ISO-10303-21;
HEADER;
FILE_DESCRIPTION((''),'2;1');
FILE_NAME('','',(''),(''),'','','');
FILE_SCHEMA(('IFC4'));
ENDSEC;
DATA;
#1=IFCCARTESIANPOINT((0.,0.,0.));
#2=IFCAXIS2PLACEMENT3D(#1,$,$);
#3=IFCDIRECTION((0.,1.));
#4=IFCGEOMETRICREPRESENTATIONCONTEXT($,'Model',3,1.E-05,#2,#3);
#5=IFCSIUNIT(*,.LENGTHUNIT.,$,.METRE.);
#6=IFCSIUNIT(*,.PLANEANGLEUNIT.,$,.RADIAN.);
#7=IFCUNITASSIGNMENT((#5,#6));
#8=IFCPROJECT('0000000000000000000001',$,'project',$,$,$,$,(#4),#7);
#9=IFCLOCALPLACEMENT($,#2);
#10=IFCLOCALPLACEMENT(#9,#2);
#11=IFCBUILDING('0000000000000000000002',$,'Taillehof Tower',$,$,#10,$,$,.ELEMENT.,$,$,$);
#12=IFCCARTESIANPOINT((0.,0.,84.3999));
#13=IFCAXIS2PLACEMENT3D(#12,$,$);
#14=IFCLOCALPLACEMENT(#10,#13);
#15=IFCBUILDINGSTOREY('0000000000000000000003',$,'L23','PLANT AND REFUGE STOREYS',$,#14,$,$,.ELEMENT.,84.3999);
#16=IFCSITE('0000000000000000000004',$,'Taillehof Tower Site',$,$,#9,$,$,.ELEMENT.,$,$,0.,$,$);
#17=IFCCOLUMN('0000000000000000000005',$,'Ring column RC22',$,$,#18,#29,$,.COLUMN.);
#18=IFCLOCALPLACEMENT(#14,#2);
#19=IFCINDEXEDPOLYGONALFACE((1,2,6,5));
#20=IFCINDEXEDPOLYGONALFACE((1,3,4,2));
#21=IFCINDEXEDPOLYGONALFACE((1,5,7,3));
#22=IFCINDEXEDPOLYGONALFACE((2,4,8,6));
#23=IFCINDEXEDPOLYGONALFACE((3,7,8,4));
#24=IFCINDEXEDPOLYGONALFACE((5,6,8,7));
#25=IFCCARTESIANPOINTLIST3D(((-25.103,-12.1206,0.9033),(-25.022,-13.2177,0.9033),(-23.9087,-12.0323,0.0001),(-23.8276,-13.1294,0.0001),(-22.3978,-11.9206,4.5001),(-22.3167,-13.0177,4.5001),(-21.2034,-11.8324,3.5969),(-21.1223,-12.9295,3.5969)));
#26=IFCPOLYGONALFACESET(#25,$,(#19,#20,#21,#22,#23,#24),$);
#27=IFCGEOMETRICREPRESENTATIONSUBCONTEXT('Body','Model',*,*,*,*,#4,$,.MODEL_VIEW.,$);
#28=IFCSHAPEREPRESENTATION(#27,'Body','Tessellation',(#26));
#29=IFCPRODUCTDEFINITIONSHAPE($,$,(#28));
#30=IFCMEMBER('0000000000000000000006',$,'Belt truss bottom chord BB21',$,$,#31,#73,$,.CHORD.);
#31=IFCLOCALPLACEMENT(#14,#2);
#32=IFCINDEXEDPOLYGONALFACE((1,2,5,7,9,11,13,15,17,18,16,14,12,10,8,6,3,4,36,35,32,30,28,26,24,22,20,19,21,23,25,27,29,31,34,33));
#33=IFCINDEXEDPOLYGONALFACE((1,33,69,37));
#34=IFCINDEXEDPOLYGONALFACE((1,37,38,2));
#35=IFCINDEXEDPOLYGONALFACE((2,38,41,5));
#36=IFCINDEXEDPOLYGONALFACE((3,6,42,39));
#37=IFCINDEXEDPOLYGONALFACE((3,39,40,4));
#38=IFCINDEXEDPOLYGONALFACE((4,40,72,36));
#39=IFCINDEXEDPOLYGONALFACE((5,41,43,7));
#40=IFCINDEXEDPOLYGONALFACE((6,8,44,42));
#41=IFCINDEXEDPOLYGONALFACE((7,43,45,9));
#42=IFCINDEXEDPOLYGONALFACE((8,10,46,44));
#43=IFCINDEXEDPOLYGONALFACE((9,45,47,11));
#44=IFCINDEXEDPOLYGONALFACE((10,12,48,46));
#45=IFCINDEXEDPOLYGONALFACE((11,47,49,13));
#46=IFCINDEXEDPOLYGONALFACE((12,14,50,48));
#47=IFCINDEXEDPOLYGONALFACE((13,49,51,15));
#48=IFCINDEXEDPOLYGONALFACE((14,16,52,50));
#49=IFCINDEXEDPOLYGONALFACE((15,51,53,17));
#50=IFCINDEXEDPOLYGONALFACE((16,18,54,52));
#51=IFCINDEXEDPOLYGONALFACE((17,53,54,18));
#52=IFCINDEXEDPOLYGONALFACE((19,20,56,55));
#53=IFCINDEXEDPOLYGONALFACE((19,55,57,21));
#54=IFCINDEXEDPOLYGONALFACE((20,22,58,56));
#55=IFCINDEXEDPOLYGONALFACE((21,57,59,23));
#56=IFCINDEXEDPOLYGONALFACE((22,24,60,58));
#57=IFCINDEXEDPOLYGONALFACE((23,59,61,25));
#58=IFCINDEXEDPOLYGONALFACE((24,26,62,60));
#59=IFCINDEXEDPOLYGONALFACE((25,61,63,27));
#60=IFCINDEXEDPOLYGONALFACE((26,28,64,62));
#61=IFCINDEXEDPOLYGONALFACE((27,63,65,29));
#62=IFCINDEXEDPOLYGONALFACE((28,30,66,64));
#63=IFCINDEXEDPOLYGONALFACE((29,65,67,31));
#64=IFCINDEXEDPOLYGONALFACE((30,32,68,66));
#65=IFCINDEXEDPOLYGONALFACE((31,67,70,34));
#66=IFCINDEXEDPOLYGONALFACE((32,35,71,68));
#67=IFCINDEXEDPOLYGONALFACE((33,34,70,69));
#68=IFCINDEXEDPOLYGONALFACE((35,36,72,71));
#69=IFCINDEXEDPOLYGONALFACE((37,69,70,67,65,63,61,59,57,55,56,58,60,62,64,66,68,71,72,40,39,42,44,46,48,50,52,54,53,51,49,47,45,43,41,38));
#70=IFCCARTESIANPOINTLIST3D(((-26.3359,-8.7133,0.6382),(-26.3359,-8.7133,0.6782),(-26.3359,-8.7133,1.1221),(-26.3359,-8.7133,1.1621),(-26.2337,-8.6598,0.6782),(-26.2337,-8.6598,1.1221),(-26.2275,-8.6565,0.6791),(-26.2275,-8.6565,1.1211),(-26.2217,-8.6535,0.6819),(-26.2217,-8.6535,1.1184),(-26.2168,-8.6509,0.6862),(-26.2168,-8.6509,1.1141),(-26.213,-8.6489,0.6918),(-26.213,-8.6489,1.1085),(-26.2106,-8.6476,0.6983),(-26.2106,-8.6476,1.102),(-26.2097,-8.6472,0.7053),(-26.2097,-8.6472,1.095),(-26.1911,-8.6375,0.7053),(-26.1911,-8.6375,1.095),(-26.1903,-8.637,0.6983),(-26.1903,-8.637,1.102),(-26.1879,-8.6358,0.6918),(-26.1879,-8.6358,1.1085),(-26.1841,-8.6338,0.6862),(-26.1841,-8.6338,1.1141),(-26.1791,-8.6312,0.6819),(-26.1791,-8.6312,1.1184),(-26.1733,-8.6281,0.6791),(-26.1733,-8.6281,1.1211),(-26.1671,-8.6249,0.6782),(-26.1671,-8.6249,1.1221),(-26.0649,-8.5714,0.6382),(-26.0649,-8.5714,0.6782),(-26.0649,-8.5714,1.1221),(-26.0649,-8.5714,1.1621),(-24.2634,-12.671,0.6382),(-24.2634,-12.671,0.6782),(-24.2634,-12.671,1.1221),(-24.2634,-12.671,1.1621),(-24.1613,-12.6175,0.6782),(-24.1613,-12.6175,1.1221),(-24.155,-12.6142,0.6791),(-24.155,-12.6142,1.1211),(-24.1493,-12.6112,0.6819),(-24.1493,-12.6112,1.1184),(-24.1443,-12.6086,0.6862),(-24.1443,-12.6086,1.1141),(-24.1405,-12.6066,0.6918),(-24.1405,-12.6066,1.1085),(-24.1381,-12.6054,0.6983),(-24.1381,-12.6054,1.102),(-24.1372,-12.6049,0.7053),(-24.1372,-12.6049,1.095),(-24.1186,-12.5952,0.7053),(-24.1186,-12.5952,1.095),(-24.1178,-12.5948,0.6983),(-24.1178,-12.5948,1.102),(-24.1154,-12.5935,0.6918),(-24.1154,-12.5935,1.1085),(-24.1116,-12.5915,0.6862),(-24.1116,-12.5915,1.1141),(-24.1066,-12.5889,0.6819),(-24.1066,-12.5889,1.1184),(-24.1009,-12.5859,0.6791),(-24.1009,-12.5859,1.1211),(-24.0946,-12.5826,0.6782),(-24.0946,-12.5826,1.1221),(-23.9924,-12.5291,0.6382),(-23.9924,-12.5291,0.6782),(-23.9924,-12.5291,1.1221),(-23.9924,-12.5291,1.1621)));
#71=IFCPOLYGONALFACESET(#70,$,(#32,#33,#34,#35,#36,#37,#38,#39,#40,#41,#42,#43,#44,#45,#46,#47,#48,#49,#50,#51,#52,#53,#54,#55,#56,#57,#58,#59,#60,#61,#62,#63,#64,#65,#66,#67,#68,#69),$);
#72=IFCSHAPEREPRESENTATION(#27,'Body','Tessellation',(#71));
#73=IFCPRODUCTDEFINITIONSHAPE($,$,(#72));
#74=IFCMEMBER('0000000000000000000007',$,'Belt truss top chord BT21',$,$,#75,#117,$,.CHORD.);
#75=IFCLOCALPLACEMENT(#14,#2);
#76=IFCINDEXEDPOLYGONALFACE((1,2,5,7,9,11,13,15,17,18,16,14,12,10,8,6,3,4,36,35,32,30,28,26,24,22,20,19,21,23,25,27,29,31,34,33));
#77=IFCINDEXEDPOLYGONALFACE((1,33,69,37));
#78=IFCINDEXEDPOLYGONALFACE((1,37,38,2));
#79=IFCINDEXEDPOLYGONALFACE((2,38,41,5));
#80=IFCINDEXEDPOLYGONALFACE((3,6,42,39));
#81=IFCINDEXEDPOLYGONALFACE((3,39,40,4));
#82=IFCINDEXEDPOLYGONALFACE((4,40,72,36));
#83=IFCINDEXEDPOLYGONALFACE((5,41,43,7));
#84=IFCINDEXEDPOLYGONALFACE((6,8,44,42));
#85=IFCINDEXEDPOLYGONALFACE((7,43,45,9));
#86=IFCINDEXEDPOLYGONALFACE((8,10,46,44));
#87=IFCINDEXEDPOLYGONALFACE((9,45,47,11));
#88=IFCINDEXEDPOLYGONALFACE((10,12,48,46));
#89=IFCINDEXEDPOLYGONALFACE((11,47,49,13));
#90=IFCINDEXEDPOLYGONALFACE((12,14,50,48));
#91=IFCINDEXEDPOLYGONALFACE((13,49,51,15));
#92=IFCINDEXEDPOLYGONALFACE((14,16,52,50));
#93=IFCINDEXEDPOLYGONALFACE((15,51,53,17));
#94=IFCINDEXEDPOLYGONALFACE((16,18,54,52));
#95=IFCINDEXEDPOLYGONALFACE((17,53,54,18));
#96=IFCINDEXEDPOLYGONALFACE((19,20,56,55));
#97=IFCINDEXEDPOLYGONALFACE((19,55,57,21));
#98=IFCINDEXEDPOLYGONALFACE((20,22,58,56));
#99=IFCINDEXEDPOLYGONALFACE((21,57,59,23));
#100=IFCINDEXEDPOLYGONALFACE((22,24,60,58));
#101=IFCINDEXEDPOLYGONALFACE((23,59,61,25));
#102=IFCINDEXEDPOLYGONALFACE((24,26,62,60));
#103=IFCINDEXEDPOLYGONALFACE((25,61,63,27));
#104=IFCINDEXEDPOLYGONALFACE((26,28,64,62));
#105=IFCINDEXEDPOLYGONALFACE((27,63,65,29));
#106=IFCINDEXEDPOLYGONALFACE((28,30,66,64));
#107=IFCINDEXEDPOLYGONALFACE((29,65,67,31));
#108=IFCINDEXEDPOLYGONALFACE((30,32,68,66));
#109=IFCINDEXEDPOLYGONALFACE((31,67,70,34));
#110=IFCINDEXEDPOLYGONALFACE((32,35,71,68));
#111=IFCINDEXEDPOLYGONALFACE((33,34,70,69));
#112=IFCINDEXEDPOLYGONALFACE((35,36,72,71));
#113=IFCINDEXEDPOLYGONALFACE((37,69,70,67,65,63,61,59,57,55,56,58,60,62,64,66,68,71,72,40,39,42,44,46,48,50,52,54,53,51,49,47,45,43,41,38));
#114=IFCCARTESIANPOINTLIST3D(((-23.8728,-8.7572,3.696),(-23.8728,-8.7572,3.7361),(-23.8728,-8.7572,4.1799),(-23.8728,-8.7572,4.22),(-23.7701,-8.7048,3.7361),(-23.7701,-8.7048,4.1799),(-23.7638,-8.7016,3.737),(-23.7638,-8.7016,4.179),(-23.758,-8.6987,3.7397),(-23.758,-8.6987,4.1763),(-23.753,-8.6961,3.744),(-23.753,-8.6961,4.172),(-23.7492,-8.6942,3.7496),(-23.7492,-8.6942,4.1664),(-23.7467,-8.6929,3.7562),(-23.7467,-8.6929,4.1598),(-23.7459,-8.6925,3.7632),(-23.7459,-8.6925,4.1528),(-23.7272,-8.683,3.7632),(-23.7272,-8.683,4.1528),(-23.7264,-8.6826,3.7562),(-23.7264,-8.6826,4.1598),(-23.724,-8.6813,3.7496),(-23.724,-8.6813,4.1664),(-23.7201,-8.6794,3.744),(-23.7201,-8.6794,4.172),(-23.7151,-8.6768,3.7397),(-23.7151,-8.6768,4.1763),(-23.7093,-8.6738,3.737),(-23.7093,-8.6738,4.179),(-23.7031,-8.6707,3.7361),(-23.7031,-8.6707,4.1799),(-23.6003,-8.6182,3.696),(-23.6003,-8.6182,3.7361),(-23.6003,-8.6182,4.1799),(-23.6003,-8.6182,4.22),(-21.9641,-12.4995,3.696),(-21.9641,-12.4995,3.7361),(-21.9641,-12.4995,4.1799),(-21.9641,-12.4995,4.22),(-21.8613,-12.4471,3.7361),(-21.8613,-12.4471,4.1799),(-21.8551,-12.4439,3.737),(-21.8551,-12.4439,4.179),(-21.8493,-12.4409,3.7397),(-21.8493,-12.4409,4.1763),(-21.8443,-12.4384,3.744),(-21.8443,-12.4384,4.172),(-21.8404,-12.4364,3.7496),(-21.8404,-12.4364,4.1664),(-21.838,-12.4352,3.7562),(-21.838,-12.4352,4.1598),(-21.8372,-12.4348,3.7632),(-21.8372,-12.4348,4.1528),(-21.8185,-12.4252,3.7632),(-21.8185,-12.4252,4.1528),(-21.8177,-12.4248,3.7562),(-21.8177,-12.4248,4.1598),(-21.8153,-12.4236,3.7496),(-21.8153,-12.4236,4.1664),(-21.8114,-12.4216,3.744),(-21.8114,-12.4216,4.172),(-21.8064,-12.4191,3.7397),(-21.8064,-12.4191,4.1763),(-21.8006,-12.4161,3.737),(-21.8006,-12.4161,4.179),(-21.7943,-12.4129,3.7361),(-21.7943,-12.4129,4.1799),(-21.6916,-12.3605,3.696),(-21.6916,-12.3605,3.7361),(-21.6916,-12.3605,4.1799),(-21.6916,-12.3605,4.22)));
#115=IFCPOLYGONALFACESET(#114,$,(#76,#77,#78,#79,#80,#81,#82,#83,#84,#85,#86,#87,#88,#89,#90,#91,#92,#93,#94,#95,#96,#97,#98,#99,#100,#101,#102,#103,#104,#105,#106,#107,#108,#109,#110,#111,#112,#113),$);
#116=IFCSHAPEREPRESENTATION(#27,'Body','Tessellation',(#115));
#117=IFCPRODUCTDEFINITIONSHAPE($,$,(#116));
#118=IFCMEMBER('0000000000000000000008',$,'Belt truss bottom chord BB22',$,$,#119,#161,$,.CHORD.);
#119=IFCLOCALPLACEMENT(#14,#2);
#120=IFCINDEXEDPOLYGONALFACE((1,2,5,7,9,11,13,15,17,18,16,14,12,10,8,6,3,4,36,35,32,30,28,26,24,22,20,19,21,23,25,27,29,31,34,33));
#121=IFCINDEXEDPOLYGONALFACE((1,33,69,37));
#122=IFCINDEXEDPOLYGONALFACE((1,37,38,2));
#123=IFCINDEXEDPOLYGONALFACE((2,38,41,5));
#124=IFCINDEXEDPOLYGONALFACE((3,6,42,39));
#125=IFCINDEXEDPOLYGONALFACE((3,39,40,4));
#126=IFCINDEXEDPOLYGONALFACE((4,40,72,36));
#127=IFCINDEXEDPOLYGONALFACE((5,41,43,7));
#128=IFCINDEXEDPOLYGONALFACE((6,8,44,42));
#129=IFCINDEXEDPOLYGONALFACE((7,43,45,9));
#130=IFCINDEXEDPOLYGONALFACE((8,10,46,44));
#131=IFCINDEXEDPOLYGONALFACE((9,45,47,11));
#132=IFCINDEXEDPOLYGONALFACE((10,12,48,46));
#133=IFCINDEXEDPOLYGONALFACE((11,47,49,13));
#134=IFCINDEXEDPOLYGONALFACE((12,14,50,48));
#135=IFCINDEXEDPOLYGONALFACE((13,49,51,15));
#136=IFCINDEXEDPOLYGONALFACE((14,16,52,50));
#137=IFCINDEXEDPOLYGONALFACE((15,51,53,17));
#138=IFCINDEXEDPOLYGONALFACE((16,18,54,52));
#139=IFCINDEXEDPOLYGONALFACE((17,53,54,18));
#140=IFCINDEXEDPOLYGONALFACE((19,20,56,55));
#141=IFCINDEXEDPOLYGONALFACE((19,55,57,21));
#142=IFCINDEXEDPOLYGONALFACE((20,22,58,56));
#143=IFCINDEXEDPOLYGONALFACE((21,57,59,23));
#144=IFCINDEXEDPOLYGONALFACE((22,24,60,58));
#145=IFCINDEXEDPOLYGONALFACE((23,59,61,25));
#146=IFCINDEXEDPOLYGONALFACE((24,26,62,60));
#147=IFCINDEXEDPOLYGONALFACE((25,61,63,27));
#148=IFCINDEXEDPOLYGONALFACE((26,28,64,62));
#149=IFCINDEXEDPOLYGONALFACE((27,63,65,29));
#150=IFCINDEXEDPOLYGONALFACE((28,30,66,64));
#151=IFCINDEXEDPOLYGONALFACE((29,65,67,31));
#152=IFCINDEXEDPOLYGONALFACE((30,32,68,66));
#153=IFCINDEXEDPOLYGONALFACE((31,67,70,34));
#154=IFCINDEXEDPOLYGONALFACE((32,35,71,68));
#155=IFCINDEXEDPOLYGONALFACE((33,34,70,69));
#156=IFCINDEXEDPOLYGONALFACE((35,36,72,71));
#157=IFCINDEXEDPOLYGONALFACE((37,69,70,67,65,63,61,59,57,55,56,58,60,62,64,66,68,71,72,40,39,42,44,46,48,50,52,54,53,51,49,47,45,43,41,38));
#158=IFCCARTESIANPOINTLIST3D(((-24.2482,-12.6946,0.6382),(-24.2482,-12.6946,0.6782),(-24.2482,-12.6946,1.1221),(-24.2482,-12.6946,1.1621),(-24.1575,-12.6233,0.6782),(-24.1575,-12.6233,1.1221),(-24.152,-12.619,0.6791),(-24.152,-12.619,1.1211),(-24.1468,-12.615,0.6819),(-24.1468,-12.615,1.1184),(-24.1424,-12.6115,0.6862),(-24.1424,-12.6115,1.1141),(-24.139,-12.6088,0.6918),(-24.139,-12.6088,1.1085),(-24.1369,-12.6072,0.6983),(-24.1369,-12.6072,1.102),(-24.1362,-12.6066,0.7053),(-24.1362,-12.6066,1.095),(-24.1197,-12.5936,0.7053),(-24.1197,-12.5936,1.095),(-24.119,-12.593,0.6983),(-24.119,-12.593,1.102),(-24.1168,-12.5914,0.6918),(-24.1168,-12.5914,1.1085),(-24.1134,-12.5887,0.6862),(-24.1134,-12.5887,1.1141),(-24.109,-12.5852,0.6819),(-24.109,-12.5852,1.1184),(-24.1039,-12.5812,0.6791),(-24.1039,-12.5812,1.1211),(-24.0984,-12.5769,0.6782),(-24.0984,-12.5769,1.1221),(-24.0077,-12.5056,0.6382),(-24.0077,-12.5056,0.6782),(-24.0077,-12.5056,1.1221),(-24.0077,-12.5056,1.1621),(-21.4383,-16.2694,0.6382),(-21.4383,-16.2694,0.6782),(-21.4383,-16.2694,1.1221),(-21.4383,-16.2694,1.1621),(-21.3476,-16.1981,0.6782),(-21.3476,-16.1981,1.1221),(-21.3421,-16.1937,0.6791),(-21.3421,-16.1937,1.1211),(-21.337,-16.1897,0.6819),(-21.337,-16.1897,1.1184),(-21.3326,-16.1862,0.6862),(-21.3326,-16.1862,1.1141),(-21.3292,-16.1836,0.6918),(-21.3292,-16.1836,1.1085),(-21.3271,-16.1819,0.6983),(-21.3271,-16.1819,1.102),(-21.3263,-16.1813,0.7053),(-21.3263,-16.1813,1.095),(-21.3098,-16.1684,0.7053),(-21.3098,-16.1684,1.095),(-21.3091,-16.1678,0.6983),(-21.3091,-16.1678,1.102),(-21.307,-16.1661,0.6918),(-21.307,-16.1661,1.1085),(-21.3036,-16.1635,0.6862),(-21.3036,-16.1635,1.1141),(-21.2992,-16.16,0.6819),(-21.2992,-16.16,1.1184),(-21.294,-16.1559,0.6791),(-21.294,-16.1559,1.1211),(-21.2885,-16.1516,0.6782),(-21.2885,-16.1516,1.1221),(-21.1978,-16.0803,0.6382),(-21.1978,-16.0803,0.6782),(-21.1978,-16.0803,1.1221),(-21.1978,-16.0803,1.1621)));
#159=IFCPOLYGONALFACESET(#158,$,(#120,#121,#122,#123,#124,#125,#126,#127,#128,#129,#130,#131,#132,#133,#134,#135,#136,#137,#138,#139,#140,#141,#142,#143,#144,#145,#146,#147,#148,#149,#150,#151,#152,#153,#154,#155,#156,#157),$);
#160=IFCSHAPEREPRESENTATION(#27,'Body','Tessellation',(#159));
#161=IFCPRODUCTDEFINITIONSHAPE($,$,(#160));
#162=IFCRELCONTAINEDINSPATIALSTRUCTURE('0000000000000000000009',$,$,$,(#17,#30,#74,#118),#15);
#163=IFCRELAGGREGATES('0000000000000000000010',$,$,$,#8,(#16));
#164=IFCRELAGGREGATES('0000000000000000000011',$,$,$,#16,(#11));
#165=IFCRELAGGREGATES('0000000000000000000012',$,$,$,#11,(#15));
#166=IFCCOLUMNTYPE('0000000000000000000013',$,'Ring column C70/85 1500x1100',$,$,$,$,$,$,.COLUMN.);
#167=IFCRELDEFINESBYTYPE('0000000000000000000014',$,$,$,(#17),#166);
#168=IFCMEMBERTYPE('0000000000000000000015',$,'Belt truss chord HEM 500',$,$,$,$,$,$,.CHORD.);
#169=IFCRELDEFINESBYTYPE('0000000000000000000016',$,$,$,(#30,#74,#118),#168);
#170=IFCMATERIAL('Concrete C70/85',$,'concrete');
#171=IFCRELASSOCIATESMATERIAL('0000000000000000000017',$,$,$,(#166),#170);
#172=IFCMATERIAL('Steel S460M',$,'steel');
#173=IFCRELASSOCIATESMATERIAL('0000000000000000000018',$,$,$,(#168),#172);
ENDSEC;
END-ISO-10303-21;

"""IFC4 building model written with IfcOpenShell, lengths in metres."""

from ifc_helpers import new_model, si_unit, direction, frame, origin, origin_2d, place, context, subcontext, project, spatial, rectangle, i_section, extrude, material, material_profile, profile_set, type_object, element, save


model = new_model("IFC4")

# Units and contexts
model_context = context("Model", 3, precision=1e-05, world=origin(), true_north=direction((0.0, 1.0)))
body_context = subcontext(model_context, "Body", "Model", "MODEL_VIEW")
ifc_project = project(units=[si_unit("LENGTHUNIT", "METRE"), si_unit("PLANEANGLEUNIT", "RADIAN")], contexts=[model_context])

# Site, building, storey
site_placement = place(None, origin())
site = spatial("IfcSite", under=ifc_project, at=site_placement, Name="Taillehof Tower Site", CompositionType="ELEMENT", RefElevation=0.0)
building_placement = place(site_placement, origin())
building = spatial("IfcBuilding", under=site, at=building_placement, Name="Taillehof Tower", CompositionType="ELEMENT")
storey_placement = place(building_placement, frame((0.0, 0.0, 84.3999)))
storey = spatial("IfcBuildingStorey", under=building, at=storey_placement, Name="L23", Description="PLANT AND REFUGE STOREYS", CompositionType="ELEMENT", Elevation=84.3999)

# Column
ifc_material_1 = material(Name="Concrete C70/85", Category="concrete")
ifc_material_profile_1 = material_profile(ifc_material_1, rectangle(XDim=1.5, YDim=1.1001, at=origin_2d()), Name="RC 1500x1100")
ifc_profile_set_1 = profile_set([ifc_material_profile_1], Name="Concrete C70/85")
column_type = type_object("IfcColumnType", Name="Ring column C70/85 1500x1100", PredefinedType="COLUMN", material=ifc_profile_set_1)
column_placement = place(storey_placement, frame((-24.4653, -12.625, 0.4517), z_axis=(0.600492, 0.044383, 0.798398), x_axis=(-0.796226, -0.058849, 0.60213)))
element("IfcColumn", 1, at=column_placement, inside=storey, type_object=column_type, Name="Ring column RC22", PredefinedType="COLUMN", context=body_context, shape_type="SweptSolid", body=[
    extrude(rectangle(XDim=1.5, YDim=1.1001, at=origin_2d()), origin(), (0.0, 0.0, 1.0), 4.5051),
])

# Members
ifc_material_2 = material(Name="Steel S460M", Category="steel")
ifc_material_profile_2 = material_profile(ifc_material_2, i_section(OverallWidth=0.3059, OverallDepth=0.5239, WebThickness=0.021, FlangeThickness=0.04, FilletRadius=0.0271, at=origin_2d()), Name="HEM 500")
ifc_profile_set_2 = profile_set([ifc_material_profile_2], Name="Steel S460M")
member_type_1 = type_object("IfcMemberType", Name="Belt truss chord HEM 500", PredefinedType="CHORD", material=ifc_profile_set_2)
member_1_placement = place(storey_placement, frame((-26.2004, -8.6423, 0.9001), z_axis=(0.463901, -0.885887, 0.0), x_axis=(0.885887, 0.463901, 0.0)))
element("IfcMember", 2, at=member_1_placement, inside=storey, type_object=member_type_1, Name="Belt truss bottom chord BB21", PredefinedType="CHORD", context=body_context, shape_type="SweptSolid", body=[
    extrude(i_section(OverallWidth=0.3059, OverallDepth=0.5239, WebThickness=0.021, FlangeThickness=0.04, FilletRadius=0.0271, at=origin_2d()), origin(), (0.0, 0.0, 1.0), 4.4675),
])
member_2_placement = place(storey_placement, frame((-23.7366, -8.6877, 3.958), z_axis=(0.454359, -0.890819, 0.0), x_axis=(0.890819, 0.454359, 0.0)))
element("IfcMember", 3, at=member_2_placement, inside=storey, type_object=member_type_1, Name="Belt truss top chord BT21", PredefinedType="CHORD", context=body_context, shape_type="SweptSolid", body=[
    extrude(i_section(OverallWidth=0.3059, OverallDepth=0.5239, WebThickness=0.021, FlangeThickness=0.04, FilletRadius=0.0271, at=origin_2d()), origin(), (0.0, 0.0, 1.0), 4.2009),
])
member_3_placement = place(storey_placement, frame((-24.1279, -12.6001, 0.9001), z_axis=(0.617973, -0.786199, 0.0), x_axis=(0.786199, 0.617973, 0.0)))
element("IfcMember", 4, at=member_3_placement, inside=storey, type_object=member_type_1, Name="Belt truss bottom chord BB22", PredefinedType="CHORD", context=body_context, shape_type="SweptSolid", body=[
    extrude(i_section(OverallWidth=0.3059, OverallDepth=0.5239, WebThickness=0.021, FlangeThickness=0.04, FilletRadius=0.0271, at=origin_2d()), origin(), (0.0, 0.0, 1.0), 4.5469),
])

save(model, "model.ifc")
